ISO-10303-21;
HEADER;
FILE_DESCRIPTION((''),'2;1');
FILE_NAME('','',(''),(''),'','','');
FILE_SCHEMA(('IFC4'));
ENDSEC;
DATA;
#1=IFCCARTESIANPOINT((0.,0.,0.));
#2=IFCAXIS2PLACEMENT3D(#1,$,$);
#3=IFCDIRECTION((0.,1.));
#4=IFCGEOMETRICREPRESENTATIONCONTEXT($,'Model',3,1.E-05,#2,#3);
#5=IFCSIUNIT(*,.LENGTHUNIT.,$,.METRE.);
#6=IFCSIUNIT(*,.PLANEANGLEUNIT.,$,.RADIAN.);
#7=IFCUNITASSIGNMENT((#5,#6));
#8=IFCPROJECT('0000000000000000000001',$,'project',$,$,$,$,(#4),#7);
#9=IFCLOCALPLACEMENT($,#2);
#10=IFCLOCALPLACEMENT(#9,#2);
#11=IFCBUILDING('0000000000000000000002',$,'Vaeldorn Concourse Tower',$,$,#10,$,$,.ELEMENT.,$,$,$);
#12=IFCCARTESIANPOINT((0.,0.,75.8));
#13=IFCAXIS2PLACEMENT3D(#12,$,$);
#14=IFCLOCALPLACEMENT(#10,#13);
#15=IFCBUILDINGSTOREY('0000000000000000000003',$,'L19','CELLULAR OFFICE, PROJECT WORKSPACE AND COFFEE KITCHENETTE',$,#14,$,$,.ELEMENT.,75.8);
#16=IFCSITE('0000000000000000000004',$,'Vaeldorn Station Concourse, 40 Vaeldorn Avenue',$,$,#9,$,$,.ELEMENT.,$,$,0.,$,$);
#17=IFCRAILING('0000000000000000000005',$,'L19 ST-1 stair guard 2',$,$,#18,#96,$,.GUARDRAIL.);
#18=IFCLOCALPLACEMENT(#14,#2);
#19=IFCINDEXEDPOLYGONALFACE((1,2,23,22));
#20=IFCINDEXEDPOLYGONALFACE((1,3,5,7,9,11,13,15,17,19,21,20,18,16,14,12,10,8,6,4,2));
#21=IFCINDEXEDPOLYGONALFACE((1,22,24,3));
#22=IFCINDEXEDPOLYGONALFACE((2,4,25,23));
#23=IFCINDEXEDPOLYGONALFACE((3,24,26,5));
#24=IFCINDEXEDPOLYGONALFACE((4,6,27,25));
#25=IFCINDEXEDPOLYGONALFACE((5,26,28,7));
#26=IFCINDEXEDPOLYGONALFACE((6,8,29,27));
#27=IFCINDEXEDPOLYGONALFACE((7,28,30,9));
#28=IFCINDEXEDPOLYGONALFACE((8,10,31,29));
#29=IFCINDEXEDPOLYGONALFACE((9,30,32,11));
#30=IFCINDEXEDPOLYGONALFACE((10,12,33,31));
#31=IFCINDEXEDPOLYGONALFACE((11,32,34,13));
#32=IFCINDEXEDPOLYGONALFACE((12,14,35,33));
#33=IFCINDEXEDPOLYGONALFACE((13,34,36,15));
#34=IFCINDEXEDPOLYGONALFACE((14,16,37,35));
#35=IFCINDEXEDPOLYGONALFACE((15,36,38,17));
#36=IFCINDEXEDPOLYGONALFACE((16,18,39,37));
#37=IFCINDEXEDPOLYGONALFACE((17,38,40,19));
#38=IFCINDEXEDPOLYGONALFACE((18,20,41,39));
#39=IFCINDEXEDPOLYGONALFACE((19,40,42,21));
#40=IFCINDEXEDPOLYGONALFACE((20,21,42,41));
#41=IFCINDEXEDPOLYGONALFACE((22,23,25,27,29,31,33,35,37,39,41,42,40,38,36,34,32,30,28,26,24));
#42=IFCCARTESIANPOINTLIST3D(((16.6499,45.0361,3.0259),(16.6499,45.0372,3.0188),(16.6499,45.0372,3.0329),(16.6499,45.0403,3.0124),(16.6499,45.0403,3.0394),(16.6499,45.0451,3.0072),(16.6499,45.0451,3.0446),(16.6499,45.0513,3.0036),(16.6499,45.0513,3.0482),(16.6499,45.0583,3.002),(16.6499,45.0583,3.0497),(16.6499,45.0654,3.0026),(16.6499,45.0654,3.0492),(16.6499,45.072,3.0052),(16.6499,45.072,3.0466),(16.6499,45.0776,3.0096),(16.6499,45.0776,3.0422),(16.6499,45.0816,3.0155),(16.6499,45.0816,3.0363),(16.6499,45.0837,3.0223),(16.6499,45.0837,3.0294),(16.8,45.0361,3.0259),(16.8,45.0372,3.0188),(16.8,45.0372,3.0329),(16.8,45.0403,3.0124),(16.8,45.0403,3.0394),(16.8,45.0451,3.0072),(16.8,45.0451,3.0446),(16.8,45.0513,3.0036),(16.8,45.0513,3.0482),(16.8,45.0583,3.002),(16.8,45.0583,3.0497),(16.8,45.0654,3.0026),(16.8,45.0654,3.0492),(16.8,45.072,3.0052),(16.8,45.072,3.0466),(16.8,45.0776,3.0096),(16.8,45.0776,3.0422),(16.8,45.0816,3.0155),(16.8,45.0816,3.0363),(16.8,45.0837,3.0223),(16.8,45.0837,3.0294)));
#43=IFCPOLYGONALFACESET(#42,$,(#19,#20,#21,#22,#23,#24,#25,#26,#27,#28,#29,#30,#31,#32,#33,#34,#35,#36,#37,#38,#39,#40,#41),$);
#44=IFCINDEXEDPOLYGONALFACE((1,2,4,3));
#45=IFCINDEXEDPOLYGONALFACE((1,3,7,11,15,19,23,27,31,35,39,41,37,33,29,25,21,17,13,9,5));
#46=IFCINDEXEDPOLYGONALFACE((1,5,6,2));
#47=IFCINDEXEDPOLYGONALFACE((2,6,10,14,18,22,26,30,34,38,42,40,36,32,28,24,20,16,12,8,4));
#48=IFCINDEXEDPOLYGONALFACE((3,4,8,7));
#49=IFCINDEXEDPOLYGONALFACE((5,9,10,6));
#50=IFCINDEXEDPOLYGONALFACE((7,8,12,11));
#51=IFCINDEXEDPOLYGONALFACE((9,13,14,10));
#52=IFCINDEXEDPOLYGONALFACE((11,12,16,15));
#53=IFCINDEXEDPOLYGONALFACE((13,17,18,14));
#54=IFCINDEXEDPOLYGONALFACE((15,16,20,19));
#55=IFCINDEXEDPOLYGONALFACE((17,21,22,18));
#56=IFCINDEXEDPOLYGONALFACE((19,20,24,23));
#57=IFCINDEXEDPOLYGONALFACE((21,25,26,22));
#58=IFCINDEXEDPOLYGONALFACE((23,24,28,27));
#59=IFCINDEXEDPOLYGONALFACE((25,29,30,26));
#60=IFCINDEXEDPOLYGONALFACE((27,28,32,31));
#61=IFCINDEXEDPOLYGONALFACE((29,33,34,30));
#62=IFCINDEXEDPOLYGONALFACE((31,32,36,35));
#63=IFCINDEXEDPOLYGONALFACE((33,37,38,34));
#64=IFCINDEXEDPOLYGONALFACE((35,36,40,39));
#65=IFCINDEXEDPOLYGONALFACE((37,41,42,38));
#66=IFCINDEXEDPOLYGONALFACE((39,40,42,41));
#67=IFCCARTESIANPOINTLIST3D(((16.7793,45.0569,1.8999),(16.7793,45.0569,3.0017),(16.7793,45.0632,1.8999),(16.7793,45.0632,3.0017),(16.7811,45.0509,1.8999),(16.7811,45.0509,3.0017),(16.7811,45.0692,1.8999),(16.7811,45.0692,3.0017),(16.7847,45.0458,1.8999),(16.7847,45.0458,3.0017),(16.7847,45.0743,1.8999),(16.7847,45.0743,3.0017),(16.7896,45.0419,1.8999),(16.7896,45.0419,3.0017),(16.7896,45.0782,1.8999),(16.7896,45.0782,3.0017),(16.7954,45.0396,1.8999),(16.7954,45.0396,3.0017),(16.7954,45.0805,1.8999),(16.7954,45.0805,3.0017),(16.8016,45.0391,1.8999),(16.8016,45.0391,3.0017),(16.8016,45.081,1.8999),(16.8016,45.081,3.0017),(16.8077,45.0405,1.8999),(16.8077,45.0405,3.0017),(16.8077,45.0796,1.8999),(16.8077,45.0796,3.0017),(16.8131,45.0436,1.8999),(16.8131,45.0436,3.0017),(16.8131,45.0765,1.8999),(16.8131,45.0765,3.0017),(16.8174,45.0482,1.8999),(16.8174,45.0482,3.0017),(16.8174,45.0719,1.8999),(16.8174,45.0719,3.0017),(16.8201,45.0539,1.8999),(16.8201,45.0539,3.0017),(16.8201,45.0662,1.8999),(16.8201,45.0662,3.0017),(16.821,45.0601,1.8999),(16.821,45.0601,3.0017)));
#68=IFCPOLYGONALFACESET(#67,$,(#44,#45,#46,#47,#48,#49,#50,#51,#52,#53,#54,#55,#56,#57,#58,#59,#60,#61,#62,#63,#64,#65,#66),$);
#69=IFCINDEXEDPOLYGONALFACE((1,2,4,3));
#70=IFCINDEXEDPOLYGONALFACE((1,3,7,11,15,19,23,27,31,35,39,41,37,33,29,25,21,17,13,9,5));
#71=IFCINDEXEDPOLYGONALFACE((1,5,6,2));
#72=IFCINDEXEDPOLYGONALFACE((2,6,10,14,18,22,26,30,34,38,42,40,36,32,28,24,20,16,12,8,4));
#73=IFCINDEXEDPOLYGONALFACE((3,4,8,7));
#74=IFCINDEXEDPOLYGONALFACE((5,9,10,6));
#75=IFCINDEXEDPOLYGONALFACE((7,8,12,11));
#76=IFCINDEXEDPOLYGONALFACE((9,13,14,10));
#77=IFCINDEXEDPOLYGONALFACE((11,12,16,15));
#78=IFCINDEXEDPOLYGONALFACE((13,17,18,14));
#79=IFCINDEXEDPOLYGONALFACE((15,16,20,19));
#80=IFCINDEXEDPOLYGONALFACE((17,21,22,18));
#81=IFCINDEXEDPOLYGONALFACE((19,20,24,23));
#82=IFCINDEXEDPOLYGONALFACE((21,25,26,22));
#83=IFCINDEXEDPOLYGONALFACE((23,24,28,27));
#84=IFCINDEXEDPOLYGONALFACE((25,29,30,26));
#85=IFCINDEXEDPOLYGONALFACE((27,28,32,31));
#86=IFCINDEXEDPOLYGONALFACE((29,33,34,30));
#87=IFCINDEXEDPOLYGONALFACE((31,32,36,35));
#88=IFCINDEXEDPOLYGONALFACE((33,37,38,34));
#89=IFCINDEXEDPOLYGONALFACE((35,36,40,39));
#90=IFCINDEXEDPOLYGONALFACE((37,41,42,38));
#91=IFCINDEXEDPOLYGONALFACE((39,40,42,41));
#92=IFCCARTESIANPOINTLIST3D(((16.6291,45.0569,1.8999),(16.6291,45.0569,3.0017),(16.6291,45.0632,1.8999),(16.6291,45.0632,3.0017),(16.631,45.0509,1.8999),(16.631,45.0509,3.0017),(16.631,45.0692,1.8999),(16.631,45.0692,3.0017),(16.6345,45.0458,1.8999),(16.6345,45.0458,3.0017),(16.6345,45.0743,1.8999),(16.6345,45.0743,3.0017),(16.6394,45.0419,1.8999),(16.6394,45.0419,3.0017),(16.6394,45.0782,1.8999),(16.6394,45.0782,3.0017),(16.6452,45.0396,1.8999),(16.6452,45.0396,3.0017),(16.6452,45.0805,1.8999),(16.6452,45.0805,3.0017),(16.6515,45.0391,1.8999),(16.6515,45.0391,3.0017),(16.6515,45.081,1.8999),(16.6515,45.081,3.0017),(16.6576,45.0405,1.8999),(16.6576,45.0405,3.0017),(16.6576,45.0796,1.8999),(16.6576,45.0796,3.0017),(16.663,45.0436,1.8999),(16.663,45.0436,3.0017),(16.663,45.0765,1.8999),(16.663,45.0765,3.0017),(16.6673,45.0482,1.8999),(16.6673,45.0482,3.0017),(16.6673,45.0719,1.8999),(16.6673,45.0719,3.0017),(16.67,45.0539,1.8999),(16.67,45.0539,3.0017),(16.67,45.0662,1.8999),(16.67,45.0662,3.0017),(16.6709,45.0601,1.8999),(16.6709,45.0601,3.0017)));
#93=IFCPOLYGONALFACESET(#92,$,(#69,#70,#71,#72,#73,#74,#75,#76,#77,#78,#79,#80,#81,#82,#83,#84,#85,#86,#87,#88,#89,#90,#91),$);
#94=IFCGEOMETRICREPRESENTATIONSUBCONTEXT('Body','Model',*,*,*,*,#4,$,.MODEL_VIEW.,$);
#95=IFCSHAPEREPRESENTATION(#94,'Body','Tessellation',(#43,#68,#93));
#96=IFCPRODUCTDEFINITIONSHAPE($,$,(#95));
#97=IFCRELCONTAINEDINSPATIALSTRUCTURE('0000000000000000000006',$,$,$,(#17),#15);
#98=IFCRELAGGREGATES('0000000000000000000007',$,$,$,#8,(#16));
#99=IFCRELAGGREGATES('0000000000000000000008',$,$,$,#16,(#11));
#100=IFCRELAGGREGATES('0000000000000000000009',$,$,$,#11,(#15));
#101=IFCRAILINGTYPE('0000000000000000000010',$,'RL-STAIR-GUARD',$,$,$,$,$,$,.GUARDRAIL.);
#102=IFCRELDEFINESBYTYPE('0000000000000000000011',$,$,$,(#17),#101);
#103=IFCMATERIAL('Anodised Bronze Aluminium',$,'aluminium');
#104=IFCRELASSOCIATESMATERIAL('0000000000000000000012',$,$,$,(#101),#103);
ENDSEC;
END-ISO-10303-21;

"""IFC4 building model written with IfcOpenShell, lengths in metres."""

from ifc_helpers import new_model, si_unit, direction, frame, origin, origin_2d, place, context, subcontext, project, spatial, circle, extrude, material, type_object, element, save


model = new_model("IFC4")

# Units and contexts
model_context = context("Model", 3, precision=1e-05, world=origin(), true_north=direction((0.0, 1.0)))
body_context = subcontext(model_context, "Body", "Model", "MODEL_VIEW")
ifc_project = project(units=[si_unit("LENGTHUNIT", "METRE"), si_unit("PLANEANGLEUNIT", "RADIAN")], contexts=[model_context])

# Site, building, storey
site_placement = place(None, origin())
site = spatial("IfcSite", under=ifc_project, at=site_placement, Name="Vaeldorn Station Concourse, 40 Vaeldorn Avenue", CompositionType="ELEMENT", RefElevation=0.0)
building_placement = place(site_placement, origin())
building = spatial("IfcBuilding", under=site, at=building_placement, Name="Vaeldorn Concourse Tower", CompositionType="ELEMENT")
storey_placement = place(building_placement, frame((0.0, 0.0, 75.8)))
storey = spatial("IfcBuildingStorey", under=building, at=storey_placement, Name="L19", Description="CELLULAR OFFICE, PROJECT WORKSPACE AND COFFEE KITCHENETTE", CompositionType="ELEMENT", Elevation=75.8)

# Shared definitions
ifc_material_1 = material(Name="Anodised Bronze Aluminium", Category="aluminium")

# Railing
railing_type_1 = type_object("IfcRailingType", Name="RL-STAIR-GUARD", PredefinedType="GUARDRAIL", material=ifc_material_1)
railing_1_placement = place(storey_placement, frame((16.8, 45.0601, 1.8999)))
element("IfcRailing", 1, at=railing_1_placement, inside=storey, type_object=railing_type_1, Name="L19 ST-1 stair guard 2", PredefinedType="GUARDRAIL", context=body_context, shape_type="SweptSolid", body=[
    extrude(circle(Radius=0.0239, at=origin_2d()), frame((0.0, 0.0, 1.126), z_axis=(-1.0, 0.0, 0.0), x_axis=(0.0, -1.0, 0.0)), (0.0, 0.0, 1.0), 0.1501),
    extrude(circle(Radius=0.021, at=origin_2d()), origin(), (0.0, 0.0, 1.0), 1.1018),
    extrude(circle(Radius=0.021, at=origin_2d()), frame((-0.1501, 0.0, 0.0)), (0.0, 0.0, 1.0), 1.1018),
])

save(model, "model.ifc")
